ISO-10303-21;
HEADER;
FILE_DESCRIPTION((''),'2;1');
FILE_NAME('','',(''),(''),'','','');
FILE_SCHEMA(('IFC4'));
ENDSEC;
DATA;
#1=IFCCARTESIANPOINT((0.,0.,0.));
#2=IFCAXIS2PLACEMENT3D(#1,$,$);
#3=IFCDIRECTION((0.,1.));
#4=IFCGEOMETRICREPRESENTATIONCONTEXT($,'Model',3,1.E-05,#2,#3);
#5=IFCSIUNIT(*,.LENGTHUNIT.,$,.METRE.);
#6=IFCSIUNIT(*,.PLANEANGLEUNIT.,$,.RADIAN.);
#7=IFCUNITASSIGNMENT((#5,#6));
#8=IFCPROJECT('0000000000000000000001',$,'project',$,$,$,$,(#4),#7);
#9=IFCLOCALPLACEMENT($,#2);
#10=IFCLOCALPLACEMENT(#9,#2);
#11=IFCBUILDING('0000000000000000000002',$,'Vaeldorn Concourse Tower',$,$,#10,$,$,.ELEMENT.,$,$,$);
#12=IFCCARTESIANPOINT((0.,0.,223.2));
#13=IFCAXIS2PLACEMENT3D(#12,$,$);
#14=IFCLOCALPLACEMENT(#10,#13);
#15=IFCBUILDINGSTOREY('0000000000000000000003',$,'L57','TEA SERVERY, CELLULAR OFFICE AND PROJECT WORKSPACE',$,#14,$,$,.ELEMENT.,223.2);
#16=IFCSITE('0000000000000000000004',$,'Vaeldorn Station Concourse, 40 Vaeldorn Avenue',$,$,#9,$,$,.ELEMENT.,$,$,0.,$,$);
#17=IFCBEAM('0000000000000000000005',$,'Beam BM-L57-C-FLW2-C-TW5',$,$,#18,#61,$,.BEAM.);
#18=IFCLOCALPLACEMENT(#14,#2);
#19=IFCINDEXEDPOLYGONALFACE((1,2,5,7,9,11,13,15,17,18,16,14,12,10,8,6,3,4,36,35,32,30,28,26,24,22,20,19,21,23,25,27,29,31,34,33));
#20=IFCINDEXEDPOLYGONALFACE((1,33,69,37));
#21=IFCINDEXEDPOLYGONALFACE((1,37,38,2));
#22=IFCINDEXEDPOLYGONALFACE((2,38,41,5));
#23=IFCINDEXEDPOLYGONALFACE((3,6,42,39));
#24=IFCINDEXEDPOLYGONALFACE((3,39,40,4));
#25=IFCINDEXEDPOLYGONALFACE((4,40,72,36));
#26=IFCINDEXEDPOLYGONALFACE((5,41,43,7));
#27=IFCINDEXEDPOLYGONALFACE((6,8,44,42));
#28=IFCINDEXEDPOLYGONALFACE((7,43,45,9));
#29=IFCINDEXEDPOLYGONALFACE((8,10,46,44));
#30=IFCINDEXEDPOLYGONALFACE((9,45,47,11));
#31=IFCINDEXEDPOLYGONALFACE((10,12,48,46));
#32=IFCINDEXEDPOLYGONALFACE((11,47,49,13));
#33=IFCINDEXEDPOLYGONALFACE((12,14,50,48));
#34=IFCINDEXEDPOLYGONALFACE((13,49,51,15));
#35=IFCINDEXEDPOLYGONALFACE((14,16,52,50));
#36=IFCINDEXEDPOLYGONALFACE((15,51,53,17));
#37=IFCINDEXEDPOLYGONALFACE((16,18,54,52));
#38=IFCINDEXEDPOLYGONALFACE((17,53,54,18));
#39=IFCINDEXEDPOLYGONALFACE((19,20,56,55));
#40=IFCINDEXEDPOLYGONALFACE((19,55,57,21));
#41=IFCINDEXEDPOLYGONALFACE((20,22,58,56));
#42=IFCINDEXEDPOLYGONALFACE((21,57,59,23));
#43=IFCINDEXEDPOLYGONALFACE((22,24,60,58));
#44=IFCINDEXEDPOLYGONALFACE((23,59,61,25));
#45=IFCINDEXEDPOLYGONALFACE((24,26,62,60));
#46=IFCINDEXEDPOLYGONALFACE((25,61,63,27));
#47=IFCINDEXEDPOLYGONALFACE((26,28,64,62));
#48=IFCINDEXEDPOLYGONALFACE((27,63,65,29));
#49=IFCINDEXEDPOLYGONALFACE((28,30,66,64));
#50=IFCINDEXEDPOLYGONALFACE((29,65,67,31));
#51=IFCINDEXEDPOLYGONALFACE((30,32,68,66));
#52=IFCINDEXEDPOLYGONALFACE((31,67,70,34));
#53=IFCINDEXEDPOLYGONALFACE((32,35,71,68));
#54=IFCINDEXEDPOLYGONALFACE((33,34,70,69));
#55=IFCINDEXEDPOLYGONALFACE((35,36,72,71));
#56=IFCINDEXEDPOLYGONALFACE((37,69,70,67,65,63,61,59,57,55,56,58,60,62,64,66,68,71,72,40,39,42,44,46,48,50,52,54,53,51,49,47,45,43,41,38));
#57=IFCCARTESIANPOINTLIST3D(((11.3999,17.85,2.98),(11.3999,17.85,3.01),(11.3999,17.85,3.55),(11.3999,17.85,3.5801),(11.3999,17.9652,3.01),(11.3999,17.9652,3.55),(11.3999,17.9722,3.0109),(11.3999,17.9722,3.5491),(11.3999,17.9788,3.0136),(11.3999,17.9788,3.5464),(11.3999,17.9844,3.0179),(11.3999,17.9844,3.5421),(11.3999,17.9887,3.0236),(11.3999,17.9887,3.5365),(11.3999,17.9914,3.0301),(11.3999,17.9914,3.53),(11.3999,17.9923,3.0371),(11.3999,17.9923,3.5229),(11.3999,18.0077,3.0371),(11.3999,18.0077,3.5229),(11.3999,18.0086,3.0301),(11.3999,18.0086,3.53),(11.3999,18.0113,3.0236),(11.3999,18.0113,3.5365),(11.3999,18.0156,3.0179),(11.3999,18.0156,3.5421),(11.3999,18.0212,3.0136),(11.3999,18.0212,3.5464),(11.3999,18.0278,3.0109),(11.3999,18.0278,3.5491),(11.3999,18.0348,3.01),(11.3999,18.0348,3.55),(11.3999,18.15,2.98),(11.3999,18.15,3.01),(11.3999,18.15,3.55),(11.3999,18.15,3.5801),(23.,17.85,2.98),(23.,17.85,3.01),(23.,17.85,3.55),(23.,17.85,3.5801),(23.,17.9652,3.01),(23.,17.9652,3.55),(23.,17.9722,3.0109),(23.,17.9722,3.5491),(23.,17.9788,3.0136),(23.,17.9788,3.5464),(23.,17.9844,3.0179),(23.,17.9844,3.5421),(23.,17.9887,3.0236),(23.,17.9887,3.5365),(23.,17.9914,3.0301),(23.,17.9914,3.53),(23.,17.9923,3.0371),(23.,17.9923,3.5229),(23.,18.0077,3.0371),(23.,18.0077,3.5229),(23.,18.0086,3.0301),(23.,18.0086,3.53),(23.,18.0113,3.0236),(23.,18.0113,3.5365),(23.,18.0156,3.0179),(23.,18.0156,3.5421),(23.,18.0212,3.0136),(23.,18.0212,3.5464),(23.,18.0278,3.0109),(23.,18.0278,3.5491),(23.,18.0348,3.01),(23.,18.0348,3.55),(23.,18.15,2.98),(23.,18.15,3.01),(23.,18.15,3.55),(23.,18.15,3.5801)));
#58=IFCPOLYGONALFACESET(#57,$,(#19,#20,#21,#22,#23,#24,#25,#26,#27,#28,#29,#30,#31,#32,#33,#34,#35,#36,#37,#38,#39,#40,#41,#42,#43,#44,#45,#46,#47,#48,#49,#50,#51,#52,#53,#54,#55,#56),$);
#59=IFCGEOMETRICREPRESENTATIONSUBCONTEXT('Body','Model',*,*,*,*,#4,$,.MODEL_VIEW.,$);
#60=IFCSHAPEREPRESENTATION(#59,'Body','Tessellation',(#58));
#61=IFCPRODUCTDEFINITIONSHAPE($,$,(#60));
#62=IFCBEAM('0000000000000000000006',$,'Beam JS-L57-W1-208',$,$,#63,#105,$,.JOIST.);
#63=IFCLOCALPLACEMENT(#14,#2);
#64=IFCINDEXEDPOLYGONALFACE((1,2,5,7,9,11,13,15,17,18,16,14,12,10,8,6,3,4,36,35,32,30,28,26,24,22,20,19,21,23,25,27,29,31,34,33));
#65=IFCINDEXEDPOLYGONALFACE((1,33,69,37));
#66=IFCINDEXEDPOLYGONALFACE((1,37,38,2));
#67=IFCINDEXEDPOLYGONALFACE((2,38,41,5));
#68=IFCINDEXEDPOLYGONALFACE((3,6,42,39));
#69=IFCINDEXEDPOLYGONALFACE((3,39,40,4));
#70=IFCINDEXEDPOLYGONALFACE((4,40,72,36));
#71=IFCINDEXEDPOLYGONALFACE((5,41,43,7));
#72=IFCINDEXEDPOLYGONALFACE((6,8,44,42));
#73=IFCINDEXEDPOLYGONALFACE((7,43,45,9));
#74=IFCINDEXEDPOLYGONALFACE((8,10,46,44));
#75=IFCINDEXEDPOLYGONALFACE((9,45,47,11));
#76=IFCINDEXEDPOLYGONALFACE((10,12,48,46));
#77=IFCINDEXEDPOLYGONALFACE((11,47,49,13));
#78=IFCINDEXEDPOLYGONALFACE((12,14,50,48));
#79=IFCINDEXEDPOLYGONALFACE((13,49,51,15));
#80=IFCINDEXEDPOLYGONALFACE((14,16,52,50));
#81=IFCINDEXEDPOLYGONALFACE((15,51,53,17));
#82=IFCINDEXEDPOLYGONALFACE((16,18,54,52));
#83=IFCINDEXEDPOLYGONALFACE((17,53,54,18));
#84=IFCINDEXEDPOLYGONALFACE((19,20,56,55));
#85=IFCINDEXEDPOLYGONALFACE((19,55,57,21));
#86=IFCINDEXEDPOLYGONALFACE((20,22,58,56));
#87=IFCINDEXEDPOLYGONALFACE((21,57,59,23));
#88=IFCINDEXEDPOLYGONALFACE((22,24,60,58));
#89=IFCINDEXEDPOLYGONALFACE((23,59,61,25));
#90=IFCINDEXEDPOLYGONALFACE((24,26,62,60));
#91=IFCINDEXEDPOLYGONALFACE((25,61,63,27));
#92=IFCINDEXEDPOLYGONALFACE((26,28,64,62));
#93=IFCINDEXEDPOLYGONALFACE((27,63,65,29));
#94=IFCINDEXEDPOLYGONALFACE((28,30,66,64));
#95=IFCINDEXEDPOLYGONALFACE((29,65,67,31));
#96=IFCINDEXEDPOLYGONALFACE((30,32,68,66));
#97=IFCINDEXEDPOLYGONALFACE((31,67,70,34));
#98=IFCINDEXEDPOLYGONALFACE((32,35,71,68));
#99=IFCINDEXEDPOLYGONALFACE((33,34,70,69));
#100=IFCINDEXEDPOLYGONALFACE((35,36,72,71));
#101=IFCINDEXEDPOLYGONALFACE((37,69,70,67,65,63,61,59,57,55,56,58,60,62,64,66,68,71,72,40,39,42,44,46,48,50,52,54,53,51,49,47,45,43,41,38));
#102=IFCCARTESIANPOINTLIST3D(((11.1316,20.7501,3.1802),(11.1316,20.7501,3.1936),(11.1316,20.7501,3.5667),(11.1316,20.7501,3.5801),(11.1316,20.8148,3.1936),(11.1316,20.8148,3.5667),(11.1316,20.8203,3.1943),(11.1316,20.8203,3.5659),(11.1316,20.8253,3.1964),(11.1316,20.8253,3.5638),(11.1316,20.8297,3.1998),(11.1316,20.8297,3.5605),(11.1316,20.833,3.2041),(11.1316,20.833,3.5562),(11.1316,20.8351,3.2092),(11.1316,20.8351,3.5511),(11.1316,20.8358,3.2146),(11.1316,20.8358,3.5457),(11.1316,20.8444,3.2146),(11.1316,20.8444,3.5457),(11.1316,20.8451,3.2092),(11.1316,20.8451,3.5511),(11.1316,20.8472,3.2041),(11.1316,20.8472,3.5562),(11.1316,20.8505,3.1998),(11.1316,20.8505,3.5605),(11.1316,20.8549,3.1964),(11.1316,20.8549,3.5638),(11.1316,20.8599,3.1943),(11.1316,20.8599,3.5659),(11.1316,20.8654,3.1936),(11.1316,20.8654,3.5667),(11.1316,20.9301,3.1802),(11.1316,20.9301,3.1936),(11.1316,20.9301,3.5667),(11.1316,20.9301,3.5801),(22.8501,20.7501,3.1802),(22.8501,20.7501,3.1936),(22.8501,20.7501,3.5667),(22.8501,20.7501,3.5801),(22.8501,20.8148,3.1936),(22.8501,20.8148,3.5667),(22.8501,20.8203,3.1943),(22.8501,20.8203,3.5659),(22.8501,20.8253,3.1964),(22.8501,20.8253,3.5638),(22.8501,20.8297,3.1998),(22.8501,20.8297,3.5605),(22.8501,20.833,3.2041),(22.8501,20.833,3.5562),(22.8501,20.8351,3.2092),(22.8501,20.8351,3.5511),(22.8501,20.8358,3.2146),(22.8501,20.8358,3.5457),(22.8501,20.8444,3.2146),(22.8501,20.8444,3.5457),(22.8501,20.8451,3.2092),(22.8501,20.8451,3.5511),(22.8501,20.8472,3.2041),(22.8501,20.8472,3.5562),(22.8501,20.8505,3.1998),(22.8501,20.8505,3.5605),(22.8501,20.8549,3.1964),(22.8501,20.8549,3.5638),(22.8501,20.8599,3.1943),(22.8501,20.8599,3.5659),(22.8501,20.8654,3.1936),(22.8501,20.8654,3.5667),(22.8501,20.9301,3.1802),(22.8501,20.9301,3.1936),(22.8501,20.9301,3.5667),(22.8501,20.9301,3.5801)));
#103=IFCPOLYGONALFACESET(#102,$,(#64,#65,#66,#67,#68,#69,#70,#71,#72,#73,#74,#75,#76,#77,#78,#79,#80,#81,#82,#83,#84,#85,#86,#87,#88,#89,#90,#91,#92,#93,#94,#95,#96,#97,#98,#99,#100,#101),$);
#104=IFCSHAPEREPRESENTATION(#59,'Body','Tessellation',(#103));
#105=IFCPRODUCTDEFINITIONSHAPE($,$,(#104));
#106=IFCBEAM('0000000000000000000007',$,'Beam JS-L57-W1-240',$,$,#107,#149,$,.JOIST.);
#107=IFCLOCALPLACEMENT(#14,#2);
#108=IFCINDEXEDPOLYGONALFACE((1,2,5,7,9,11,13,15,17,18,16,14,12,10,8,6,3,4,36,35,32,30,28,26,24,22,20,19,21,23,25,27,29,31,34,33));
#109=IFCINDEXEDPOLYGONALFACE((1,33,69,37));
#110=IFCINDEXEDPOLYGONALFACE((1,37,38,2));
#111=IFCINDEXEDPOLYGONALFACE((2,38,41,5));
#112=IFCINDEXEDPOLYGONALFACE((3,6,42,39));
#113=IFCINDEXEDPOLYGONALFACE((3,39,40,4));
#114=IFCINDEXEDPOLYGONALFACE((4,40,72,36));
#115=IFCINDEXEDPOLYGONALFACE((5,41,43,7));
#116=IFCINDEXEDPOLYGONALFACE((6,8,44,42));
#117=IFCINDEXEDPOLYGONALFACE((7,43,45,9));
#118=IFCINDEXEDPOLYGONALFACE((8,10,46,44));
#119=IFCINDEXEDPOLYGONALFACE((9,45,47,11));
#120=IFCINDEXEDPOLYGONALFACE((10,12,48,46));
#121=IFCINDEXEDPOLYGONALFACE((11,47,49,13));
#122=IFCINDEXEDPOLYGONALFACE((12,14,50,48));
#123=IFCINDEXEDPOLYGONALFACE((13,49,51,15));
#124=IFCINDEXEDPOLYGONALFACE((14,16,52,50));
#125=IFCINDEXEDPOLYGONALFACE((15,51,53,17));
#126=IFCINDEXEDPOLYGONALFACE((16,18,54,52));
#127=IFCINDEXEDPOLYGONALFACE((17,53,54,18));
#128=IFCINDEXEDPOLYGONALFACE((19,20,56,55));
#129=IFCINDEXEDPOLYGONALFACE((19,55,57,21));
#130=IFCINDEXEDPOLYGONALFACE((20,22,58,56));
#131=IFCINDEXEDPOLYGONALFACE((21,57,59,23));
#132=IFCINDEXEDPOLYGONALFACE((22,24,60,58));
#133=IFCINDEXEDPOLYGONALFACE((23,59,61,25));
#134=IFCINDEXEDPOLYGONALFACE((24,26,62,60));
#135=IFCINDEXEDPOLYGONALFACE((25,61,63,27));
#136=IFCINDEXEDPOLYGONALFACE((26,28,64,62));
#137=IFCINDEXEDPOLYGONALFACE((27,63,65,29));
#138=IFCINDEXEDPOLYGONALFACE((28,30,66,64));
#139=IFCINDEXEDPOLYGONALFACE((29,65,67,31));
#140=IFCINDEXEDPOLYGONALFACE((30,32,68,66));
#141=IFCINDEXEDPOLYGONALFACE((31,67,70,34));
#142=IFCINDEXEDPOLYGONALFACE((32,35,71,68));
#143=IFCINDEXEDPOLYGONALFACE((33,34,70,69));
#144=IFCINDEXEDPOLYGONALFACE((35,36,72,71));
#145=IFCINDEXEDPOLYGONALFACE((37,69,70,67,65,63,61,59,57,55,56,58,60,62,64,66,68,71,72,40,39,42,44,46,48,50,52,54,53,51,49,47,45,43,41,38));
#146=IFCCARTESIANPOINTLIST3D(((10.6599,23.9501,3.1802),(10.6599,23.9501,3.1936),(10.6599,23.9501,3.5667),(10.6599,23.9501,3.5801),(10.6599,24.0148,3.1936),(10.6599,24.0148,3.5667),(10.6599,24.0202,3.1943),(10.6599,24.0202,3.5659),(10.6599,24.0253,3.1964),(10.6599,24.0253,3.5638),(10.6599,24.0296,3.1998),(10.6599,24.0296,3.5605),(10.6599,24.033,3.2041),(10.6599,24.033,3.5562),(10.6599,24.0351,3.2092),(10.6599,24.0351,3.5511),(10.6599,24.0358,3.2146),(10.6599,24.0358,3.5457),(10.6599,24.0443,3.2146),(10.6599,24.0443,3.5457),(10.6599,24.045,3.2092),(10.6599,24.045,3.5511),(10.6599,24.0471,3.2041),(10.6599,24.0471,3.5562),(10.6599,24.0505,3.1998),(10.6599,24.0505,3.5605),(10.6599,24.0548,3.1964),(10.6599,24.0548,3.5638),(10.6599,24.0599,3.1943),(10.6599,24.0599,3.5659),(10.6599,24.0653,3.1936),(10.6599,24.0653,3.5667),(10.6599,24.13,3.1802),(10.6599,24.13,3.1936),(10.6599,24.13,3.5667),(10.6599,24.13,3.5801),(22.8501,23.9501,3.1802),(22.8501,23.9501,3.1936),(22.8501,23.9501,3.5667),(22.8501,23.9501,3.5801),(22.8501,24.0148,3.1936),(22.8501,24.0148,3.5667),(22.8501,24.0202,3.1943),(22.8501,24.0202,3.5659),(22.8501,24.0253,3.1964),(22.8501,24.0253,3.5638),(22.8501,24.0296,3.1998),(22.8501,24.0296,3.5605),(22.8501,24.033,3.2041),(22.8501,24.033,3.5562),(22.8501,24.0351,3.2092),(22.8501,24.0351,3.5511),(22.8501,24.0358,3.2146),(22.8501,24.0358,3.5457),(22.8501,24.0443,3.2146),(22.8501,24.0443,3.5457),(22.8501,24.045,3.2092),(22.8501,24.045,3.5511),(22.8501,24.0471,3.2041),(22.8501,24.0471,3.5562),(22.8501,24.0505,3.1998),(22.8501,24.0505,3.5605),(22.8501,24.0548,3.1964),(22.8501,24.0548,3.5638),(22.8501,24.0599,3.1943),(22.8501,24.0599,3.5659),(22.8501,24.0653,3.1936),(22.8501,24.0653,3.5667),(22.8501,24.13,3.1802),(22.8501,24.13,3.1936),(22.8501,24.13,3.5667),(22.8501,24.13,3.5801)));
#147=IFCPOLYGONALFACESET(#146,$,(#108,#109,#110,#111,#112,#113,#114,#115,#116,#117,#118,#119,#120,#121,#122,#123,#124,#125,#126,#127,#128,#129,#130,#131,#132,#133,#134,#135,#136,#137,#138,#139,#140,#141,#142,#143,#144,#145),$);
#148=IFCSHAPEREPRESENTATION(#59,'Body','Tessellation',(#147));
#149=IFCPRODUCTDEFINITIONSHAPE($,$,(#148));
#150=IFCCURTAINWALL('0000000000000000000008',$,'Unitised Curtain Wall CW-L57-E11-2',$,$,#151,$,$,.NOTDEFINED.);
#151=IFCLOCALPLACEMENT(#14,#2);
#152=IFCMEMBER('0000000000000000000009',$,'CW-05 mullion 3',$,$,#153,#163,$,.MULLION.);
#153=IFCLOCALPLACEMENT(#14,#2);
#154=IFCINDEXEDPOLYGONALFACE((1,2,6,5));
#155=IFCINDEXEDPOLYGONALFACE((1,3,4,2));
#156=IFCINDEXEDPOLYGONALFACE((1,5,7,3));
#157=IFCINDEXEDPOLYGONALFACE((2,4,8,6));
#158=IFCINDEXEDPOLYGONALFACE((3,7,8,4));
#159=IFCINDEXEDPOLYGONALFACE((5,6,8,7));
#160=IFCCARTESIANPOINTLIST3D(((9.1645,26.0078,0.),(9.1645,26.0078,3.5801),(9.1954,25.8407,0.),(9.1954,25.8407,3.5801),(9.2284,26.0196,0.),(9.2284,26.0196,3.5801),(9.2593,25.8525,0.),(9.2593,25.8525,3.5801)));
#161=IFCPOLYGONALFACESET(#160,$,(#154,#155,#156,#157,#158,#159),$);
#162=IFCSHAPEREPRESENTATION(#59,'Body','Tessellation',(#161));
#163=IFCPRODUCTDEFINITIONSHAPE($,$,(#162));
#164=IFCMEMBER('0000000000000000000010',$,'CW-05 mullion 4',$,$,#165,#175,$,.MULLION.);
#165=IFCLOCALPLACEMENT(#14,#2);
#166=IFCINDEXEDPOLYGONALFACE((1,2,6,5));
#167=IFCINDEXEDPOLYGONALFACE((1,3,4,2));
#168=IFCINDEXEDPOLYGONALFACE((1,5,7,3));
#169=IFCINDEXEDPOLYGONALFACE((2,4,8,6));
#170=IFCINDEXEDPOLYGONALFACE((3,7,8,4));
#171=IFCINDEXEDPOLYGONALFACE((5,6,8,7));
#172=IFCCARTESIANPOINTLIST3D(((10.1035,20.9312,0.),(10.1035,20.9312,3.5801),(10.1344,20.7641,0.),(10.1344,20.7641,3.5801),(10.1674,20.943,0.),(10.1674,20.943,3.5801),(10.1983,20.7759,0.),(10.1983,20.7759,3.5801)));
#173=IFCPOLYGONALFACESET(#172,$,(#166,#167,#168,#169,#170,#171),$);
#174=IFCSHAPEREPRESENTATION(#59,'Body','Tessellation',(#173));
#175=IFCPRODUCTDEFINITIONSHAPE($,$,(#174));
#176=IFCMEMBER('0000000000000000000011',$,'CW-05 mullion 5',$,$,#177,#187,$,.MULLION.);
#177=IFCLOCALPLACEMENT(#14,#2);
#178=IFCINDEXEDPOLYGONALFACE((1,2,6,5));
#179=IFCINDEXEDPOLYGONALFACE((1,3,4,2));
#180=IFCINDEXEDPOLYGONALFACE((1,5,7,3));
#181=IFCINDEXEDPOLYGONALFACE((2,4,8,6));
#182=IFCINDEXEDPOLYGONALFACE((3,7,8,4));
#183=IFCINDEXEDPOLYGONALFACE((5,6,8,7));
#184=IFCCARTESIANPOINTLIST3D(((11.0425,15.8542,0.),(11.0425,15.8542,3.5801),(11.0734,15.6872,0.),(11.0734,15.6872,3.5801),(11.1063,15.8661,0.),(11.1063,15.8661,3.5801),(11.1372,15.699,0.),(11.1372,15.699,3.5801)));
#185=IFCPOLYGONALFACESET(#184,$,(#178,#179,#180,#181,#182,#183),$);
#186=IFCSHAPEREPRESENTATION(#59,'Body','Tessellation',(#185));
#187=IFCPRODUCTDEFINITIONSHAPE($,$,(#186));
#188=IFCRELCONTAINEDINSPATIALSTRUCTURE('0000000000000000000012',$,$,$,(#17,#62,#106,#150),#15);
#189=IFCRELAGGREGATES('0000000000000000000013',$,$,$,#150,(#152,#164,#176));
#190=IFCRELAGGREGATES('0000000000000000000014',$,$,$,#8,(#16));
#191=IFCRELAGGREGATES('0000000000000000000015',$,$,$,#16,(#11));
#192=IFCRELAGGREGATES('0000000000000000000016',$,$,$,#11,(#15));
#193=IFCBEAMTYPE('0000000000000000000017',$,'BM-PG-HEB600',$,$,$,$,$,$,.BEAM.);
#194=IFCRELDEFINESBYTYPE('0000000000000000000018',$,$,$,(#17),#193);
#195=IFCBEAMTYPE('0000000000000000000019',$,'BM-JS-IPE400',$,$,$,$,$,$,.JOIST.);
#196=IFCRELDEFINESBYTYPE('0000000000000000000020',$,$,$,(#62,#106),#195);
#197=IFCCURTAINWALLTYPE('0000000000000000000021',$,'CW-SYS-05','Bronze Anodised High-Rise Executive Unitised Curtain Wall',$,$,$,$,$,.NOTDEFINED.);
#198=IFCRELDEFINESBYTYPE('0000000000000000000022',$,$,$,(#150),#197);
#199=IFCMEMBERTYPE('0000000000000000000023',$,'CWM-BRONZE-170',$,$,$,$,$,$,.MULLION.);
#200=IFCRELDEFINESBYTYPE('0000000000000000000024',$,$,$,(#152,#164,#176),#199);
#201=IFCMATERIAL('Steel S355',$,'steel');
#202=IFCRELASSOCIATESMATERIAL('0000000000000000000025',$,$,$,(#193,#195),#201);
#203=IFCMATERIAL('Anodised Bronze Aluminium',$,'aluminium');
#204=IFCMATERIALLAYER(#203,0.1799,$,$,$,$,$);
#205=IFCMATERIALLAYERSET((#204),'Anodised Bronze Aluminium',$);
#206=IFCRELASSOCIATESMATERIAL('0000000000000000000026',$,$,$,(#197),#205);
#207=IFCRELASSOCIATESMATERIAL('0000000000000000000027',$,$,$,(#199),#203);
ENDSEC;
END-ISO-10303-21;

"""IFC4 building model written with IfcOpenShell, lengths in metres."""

from ifc_helpers import new_model, si_unit, direction, frame, origin, origin_2d, place, context, subcontext, project, spatial, rectangle, i_section, extrude, source, transform, mapped, material, layer, layer_set, material_profile, profile_set, type_object, element, aggregate, save


model = new_model("IFC4")

# Units and contexts
model_context = context("Model", 3, precision=1e-05, world=origin(), true_north=direction((0.0, 1.0)))
body_context = subcontext(model_context, "Body", "Model", "MODEL_VIEW")
ifc_project = project(units=[si_unit("LENGTHUNIT", "METRE"), si_unit("PLANEANGLEUNIT", "RADIAN")], contexts=[model_context])

# Site, building, storey
site_placement = place(None, origin())
site = spatial("IfcSite", under=ifc_project, at=site_placement, Name="Vaeldorn Station Concourse, 40 Vaeldorn Avenue", CompositionType="ELEMENT", RefElevation=0.0)
building_placement = place(site_placement, origin())
building = spatial("IfcBuilding", under=site, at=building_placement, Name="Vaeldorn Concourse Tower", CompositionType="ELEMENT")
storey_placement = place(building_placement, frame((0.0, 0.0, 223.2)))
storey = spatial("IfcBuildingStorey", under=building, at=storey_placement, Name="L57", Description="TEA SERVERY, CELLULAR OFFICE AND PROJECT WORKSPACE", CompositionType="ELEMENT", Elevation=223.2)

# Shared definitions
ifc_material_1 = material(Name="Steel S355", Category="steel")

# Beams
ifc_material_profile_1 = material_profile(ifc_material_1, i_section(OverallWidth=0.3, OverallDepth=0.6001, WebThickness=0.0154, FlangeThickness=0.03, FilletRadius=0.0271, at=origin_2d()), Name="HEB 600")
ifc_profile_set_1 = profile_set([ifc_material_profile_1], Name="Steel S355")
beam_type_1 = type_object("IfcBeamType", Name="BM-PG-HEB600", PredefinedType="BEAM", material=ifc_profile_set_1)
shared_shape_1 = source(origin(), body_context, "Body", "SweptSolid", [
    extrude(i_section(OverallWidth=0.3, OverallDepth=0.6001, WebThickness=0.0154, FlangeThickness=0.03, FilletRadius=0.0271, at=origin_2d()), origin(), (0.0, 0.0, 1.0), 11.6001),
])
beam_1_placement = place(storey_placement, frame((11.3999, 18.0, 3.28), z_axis=(1.0, 0.0, 0.0), x_axis=(0.0, 1.0, 0.0)))
element("IfcBeam", 1, at=beam_1_placement, inside=storey, type_object=beam_type_1, Name="Beam BM-L57-C-FLW2-C-TW5", PredefinedType="BEAM", context=body_context, shape_type="MappedRepresentation", body=[
    mapped(shared_shape_1, transform((0.0, 0.0, 0.0), scale=1.0)),
])
ifc_material_profile_2 = material_profile(ifc_material_1, i_section(OverallWidth=0.1799, OverallDepth=0.3999, WebThickness=0.0085, FlangeThickness=0.0134, FilletRadius=0.021, at=origin_2d()), Name="IPE 400")
ifc_profile_set_2 = profile_set([ifc_material_profile_2], Name="Steel S355")
beam_type_2 = type_object("IfcBeamType", Name="BM-JS-IPE400", PredefinedType="JOIST", material=ifc_profile_set_2)
shared_shape_2 = source(origin(), body_context, "Body", "SweptSolid", [
    extrude(i_section(OverallWidth=0.1799, OverallDepth=0.3999, WebThickness=0.0085, FlangeThickness=0.0134, FilletRadius=0.021, at=origin_2d()), origin(), (0.0, 0.0, 1.0), 11.7185),
])
beam_2_placement = place(storey_placement, frame((11.1316, 20.8401, 3.3801), z_axis=(1.0, 0.0, 0.0), x_axis=(0.0, 1.0, 0.0)))
element("IfcBeam", 2, at=beam_2_placement, inside=storey, type_object=beam_type_2, Name="Beam JS-L57-W1-208", PredefinedType="JOIST", context=body_context, shape_type="MappedRepresentation", body=[
    mapped(shared_shape_2, transform((0.0, 0.0, 0.0), scale=1.0)),
])
shared_shape_3 = source(origin(), body_context, "Body", "SweptSolid", [
    extrude(i_section(OverallWidth=0.1799, OverallDepth=0.3999, WebThickness=0.0085, FlangeThickness=0.0134, FilletRadius=0.021, at=origin_2d()), origin(), (0.0, 0.0, 1.0), 12.1902),
])
beam_3_placement = place(storey_placement, frame((10.6599, 24.04, 3.3801), z_axis=(1.0, 0.0, 0.0), x_axis=(0.0, 1.0, 0.0)))
element("IfcBeam", 3, at=beam_3_placement, inside=storey, type_object=beam_type_2, Name="Beam JS-L57-W1-240", PredefinedType="JOIST", context=body_context, shape_type="MappedRepresentation", body=[
    mapped(shared_shape_3, transform((0.0, 0.0, 0.0), scale=1.0)),
])

# Curtain wall, members
ifc_material_2 = material(Name="Anodised Bronze Aluminium", Category="aluminium")
ifc_layer_1 = layer(ifc_material_2, 0.1799)
ifc_layer_set_1 = layer_set([ifc_layer_1], Name="Anodised Bronze Aluminium")
curtain_wall_type = type_object("IfcCurtainWallType", Name="CW-SYS-05", Description="Bronze Anodised High-Rise Executive Unitised Curtain Wall", PredefinedType="NOTDEFINED", material=ifc_layer_set_1)
curtain_wall_placement = place(storey_placement, origin())
curtain_wall = element("IfcCurtainWall", 4, at=curtain_wall_placement, inside=storey, type_object=curtain_wall_type, Name="Unitised Curtain Wall CW-L57-E11-2", PredefinedType="NOTDEFINED")
ifc_material_profile_3 = material_profile(ifc_material_2, rectangle(XDim=0.0649, YDim=0.1699, at=origin_2d()), Name="CWM 65x170")
ifc_profile_set_3 = profile_set([ifc_material_profile_3], Name="Anodised Bronze Aluminium")
member_type_1 = type_object("IfcMemberType", Name="CWM-BRONZE-170", PredefinedType="MULLION", material=ifc_profile_set_3)
shared_shape_4 = source(origin(), body_context, "Body", "SweptSolid", [
    extrude(rectangle(XDim=0.0649, YDim=0.1699, at=origin_2d()), origin(), (0.0, 0.0, 1.0), 3.5801),
])
member_1_placement = place(storey_placement, frame((9.2119, 25.9302, 0.0), z_axis=(0.0, 0.0, 1.0), x_axis=(0.983319, 0.181889, 0.0)))
member_1 = element("IfcMember", 5, at=member_1_placement, type_object=member_type_1, Name="CW-05 mullion 3", PredefinedType="MULLION", context=body_context, shape_type="MappedRepresentation", body=[
    mapped(shared_shape_4, transform((0.0, 0.0, 0.0), scale=1.0)),
])
member_2_placement = place(storey_placement, frame((10.1509, 20.8535, 0.0), z_axis=(0.0, 0.0, 1.0), x_axis=(0.983319, 0.181889, 0.0)))
member_2 = element("IfcMember", 6, at=member_2_placement, type_object=member_type_1, Name="CW-05 mullion 4", PredefinedType="MULLION", context=body_context, shape_type="MappedRepresentation", body=[
    mapped(shared_shape_4, transform((0.0, 0.0, 0.0), scale=1.0)),
])
member_3_placement = place(storey_placement, frame((11.0898, 15.7766, 0.0), z_axis=(0.0, 0.0, 1.0), x_axis=(0.983319, 0.181889, 0.0)))
member_3 = element("IfcMember", 7, at=member_3_placement, type_object=member_type_1, Name="CW-05 mullion 5", PredefinedType="MULLION", context=body_context, shape_type="MappedRepresentation", body=[
    mapped(shared_shape_4, transform((0.0, 0.0, 0.0), scale=1.0)),
])
aggregate(curtain_wall, [member_1, member_2, member_3])

save(model, "model.ifc")
